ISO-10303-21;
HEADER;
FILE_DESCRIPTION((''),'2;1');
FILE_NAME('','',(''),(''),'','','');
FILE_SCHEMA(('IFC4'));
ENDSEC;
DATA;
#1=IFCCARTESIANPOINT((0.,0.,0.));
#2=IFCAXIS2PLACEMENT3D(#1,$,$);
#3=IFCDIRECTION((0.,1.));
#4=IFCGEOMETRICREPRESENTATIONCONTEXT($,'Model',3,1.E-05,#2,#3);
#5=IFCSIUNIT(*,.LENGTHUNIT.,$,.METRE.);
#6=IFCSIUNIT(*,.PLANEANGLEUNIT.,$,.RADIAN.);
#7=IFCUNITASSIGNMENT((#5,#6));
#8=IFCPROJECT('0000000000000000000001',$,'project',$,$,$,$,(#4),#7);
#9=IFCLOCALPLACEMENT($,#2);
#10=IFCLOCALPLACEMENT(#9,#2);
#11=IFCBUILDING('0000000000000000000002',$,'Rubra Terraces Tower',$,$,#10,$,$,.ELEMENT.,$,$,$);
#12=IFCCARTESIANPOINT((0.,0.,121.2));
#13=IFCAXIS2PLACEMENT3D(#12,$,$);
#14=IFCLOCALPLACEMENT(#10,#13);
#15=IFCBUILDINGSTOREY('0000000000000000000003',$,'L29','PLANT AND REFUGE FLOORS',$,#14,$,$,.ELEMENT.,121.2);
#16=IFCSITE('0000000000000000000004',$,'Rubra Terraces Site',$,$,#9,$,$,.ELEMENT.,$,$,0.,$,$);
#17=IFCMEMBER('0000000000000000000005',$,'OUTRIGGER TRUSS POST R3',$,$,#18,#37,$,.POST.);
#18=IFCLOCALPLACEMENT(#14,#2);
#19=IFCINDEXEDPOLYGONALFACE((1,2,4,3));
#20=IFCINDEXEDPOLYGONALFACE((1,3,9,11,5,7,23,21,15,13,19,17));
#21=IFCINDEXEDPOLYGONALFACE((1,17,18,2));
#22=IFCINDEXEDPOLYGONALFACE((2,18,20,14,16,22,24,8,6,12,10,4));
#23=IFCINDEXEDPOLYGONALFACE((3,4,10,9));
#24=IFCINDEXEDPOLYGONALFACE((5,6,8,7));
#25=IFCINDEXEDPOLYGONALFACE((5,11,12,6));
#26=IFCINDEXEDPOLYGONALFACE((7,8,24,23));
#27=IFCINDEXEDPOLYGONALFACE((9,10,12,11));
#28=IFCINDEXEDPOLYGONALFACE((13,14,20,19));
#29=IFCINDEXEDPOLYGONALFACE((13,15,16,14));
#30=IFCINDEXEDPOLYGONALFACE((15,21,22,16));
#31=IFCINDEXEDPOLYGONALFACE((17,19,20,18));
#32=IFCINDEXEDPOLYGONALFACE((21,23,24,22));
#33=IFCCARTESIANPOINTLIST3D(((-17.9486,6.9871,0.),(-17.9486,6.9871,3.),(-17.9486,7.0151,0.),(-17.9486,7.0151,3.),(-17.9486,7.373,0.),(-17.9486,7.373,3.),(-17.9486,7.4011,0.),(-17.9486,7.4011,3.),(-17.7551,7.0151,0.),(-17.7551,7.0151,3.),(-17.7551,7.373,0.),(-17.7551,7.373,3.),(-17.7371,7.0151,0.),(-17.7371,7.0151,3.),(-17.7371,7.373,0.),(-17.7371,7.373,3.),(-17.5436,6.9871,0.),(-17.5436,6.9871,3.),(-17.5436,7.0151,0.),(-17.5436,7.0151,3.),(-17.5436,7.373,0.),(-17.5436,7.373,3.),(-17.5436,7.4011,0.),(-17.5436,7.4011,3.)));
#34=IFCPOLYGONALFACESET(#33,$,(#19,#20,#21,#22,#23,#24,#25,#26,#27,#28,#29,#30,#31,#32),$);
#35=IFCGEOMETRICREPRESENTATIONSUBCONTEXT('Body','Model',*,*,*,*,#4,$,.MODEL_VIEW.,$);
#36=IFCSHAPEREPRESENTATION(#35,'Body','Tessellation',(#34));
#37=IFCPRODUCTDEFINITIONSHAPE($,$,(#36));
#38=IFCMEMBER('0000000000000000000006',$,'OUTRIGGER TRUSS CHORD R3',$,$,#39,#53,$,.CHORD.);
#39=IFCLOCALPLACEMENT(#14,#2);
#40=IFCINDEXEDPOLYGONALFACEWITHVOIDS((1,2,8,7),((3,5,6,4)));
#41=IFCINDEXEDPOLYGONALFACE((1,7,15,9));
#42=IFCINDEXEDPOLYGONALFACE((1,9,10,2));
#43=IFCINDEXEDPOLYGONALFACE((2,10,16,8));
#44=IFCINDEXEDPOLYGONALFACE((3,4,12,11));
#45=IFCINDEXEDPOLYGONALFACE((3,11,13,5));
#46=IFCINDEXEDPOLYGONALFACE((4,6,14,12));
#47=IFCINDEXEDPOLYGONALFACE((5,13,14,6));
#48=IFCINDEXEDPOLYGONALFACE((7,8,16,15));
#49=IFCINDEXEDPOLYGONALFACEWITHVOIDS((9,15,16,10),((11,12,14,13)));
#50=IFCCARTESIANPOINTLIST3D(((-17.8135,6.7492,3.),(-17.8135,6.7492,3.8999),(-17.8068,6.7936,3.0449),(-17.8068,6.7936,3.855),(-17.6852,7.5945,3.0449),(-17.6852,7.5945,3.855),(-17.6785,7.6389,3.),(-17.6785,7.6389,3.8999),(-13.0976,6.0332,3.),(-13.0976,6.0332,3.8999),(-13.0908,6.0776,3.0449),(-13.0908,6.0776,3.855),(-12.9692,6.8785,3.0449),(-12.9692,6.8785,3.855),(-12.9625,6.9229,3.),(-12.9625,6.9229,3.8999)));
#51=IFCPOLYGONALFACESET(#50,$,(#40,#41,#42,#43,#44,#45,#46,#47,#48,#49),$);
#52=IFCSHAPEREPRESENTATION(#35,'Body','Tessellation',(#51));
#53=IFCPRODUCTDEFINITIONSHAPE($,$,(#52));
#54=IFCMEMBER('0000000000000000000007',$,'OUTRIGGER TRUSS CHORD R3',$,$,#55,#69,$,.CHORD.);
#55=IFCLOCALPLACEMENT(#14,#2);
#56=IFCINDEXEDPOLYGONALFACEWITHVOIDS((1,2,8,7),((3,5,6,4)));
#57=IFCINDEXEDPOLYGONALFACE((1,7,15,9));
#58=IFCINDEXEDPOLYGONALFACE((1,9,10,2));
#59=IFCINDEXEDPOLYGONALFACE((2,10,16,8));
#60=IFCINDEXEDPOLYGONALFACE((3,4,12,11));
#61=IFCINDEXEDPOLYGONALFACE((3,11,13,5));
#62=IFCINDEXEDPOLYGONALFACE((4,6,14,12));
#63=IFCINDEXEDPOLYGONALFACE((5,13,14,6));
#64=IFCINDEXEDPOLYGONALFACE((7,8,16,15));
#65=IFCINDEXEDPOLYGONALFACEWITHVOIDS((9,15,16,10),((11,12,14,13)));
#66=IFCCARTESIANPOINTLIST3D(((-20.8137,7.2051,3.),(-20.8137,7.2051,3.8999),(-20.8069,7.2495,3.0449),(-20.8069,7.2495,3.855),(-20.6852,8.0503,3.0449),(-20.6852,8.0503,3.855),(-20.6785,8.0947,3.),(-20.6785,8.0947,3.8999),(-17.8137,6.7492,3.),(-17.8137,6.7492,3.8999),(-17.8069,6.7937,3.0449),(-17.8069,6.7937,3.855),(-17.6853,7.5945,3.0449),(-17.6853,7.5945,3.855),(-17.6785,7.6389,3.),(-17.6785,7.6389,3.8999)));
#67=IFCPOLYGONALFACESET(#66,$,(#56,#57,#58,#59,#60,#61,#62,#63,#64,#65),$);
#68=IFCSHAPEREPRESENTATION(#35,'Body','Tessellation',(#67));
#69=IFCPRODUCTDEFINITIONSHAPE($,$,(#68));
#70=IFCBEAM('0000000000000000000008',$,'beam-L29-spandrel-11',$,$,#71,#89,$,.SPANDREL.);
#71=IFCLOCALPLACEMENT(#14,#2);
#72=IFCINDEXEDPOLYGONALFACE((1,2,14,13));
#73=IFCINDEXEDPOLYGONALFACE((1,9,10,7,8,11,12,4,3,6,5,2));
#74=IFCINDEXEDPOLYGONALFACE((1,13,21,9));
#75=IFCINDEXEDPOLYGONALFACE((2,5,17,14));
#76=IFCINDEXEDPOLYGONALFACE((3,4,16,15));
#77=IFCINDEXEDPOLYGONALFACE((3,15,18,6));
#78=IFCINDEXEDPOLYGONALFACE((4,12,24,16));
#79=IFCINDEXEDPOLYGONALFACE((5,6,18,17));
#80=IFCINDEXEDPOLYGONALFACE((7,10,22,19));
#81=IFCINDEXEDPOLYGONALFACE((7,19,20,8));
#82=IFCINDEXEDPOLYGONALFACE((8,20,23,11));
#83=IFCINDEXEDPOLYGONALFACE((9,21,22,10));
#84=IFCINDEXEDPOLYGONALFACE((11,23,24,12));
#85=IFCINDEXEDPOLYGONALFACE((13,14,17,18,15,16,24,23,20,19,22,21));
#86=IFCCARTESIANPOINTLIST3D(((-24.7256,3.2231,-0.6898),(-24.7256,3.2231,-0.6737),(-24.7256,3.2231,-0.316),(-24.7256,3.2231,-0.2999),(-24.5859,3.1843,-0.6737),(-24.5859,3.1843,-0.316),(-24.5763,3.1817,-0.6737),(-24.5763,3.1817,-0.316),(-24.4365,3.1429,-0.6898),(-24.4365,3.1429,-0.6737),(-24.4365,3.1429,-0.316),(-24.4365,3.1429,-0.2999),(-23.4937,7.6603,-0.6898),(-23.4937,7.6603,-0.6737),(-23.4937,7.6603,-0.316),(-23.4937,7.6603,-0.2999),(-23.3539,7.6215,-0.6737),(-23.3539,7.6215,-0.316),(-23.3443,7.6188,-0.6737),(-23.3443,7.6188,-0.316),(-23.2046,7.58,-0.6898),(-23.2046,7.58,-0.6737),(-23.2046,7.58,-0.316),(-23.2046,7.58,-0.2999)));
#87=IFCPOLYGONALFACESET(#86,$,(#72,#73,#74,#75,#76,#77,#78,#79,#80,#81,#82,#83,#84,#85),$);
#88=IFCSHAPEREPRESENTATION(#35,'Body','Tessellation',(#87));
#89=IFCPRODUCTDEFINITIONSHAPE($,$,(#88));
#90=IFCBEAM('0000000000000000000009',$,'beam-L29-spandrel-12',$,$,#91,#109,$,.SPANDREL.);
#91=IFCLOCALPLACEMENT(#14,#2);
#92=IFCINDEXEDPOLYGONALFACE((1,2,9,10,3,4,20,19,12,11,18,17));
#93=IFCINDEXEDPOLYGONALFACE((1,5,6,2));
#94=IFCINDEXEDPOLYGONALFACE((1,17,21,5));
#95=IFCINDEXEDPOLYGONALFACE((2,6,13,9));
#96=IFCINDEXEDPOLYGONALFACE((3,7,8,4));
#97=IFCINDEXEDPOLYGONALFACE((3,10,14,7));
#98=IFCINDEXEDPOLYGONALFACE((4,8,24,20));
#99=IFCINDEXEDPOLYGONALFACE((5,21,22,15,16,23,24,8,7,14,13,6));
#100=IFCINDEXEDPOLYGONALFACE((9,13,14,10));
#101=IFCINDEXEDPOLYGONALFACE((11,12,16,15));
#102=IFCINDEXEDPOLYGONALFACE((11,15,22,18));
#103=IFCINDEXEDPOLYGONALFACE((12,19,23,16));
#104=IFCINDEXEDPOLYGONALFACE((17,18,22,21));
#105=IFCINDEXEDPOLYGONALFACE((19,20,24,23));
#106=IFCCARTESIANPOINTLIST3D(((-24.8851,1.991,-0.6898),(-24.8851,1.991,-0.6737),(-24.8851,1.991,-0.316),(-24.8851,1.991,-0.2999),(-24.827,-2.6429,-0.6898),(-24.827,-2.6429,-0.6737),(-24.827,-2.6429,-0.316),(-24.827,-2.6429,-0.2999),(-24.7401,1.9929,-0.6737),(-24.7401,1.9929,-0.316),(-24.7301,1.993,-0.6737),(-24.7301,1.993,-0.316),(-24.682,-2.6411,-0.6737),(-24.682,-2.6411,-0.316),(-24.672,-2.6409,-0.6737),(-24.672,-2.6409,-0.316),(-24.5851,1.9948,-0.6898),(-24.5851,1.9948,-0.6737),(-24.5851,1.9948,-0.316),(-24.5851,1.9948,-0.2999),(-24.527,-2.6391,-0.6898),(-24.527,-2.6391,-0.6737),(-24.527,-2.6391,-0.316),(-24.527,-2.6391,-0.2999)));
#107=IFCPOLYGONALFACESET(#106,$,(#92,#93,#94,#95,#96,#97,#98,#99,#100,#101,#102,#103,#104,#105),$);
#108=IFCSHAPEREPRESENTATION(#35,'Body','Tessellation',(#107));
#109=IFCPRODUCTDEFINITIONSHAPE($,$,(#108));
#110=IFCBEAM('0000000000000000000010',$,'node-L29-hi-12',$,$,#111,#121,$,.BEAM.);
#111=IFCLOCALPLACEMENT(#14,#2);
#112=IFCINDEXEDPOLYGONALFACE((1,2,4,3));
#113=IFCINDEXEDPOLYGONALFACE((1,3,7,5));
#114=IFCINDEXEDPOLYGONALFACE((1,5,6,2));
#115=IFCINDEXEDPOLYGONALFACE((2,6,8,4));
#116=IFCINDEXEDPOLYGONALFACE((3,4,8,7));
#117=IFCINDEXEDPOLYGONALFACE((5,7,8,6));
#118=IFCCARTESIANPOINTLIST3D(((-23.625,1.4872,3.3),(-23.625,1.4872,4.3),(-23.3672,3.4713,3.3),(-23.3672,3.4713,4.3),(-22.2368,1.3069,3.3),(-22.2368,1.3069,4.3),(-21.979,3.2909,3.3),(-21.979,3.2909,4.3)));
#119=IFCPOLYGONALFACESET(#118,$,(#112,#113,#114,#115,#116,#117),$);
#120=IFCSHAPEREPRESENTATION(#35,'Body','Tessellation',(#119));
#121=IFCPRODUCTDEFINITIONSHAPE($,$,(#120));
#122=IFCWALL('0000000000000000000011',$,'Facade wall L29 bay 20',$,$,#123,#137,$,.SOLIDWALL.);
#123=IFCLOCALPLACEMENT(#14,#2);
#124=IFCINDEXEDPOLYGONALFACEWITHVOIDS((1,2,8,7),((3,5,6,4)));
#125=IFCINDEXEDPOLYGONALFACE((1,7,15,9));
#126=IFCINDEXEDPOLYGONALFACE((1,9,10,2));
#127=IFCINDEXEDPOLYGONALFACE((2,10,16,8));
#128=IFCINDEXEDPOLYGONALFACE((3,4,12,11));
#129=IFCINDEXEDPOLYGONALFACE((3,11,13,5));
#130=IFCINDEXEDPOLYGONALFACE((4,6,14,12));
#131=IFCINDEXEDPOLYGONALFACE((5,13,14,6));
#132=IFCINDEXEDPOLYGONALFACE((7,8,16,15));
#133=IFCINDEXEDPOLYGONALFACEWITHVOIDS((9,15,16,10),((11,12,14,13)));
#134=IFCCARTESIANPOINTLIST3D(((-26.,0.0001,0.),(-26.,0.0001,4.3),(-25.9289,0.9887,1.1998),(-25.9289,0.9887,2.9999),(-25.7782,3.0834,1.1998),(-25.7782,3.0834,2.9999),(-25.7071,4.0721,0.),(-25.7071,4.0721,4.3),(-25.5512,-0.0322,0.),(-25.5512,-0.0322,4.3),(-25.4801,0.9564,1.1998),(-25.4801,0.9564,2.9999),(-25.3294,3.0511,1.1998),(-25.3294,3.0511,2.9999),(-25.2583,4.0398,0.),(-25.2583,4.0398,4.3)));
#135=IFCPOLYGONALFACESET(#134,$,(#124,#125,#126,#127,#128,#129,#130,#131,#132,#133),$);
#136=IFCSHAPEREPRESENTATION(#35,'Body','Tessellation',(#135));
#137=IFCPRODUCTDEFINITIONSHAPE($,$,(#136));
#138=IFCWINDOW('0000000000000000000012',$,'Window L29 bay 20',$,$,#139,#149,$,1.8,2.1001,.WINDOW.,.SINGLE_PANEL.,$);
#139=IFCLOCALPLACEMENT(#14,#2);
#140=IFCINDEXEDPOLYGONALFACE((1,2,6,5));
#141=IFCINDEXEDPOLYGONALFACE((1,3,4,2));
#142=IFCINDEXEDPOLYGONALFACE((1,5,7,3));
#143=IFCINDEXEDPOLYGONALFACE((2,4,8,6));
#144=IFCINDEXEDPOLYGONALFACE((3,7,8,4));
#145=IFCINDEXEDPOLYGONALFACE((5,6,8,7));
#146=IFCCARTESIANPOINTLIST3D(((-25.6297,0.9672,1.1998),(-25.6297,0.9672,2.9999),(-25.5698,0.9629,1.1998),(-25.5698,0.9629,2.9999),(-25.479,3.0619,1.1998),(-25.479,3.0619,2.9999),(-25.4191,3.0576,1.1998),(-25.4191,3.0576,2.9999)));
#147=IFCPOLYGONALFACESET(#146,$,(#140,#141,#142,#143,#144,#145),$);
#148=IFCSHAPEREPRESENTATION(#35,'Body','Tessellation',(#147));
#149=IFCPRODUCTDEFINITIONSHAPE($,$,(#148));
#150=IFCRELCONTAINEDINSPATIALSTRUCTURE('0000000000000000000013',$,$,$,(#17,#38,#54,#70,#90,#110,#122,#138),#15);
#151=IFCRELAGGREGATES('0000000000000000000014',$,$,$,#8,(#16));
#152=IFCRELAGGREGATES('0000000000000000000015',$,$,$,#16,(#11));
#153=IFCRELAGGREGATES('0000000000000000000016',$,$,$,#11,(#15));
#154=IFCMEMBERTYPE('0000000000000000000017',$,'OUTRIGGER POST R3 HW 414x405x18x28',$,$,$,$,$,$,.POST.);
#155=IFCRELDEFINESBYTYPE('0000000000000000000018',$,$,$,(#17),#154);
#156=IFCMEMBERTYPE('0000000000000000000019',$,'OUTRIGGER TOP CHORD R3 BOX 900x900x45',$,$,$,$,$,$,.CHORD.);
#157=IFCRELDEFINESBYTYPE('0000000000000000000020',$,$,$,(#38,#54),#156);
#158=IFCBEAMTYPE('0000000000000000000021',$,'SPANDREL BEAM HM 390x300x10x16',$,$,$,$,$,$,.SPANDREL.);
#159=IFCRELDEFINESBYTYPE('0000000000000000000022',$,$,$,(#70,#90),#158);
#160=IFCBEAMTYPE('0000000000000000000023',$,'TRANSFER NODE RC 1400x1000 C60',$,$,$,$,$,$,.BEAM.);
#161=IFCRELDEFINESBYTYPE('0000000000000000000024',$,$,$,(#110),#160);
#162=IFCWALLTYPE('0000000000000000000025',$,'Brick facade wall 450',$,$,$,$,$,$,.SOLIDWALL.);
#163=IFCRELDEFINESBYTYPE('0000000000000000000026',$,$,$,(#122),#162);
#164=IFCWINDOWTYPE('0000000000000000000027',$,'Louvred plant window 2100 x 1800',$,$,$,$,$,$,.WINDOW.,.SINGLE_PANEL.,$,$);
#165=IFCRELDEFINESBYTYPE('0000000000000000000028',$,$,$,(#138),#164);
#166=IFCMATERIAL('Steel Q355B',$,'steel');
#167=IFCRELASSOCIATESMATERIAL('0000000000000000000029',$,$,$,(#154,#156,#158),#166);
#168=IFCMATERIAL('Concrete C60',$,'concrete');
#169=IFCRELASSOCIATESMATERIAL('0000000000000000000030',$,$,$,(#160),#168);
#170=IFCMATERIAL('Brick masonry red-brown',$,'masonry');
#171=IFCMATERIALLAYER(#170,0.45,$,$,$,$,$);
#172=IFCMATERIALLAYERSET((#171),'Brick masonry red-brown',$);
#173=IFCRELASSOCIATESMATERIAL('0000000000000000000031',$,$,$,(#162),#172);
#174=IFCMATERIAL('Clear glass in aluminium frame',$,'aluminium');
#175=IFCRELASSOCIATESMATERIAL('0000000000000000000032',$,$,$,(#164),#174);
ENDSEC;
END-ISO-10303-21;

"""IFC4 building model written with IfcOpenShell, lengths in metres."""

from ifc_helpers import new_model, si_unit, direction, frame, frame_2d, origin, origin_2d, place, context, subcontext, project, spatial, rectangle, hollow_rectangle, i_section, extrude, material, layer, layer_set, material_profile, profile_set, type_object, element, fill, save


model = new_model("IFC4")

# Units and contexts
model_context = context("Model", 3, precision=1e-05, world=origin(), true_north=direction((0.0, 1.0)))
body_context = subcontext(model_context, "Body", "Model", "MODEL_VIEW")
ifc_project = project(units=[si_unit("LENGTHUNIT", "METRE"), si_unit("PLANEANGLEUNIT", "RADIAN")], contexts=[model_context])

# Site, building, storey
site_placement = place(None, origin())
site = spatial("IfcSite", under=ifc_project, at=site_placement, Name="Rubra Terraces Site", CompositionType="ELEMENT", RefElevation=0.0)
building_placement = place(site_placement, origin())
building = spatial("IfcBuilding", under=site, at=building_placement, Name="Rubra Terraces Tower", CompositionType="ELEMENT")
storey_placement = place(building_placement, frame((0.0, 0.0, 121.2)))
storey = spatial("IfcBuildingStorey", under=building, at=storey_placement, Name="L29", Description="PLANT AND REFUGE FLOORS", CompositionType="ELEMENT", Elevation=121.2)

# Shared definitions
ifc_material_1 = material(Name="Concrete C60", Category="concrete")

# Shared definitions
ifc_material_2 = material(Name="Steel Q355B", Category="steel")

# Members
ifc_material_profile_1 = material_profile(ifc_material_2, i_section(OverallWidth=0.405, OverallDepth=0.4141, WebThickness=0.0181, FlangeThickness=0.0281, at=origin_2d()), Name="HW 414x405x18x28")
ifc_profile_set_1 = profile_set([ifc_material_profile_1], Name="Steel Q355B")
member_type_1 = type_object("IfcMemberType", Name="OUTRIGGER POST R3 HW 414x405x18x28", PredefinedType="POST", material=ifc_profile_set_1)
member_1_placement = place(storey_placement, frame((-17.7461, 7.1941, 0.0), z_axis=(0.0, 0.0, 1.0), x_axis=(1.0, 0.0, 0.0)))
element("IfcMember", 1, at=member_1_placement, inside=storey, type_object=member_type_1, Name="OUTRIGGER TRUSS POST R3", PredefinedType="POST", context=body_context, shape_type="SweptSolid", body=[
    extrude(i_section(OverallWidth=0.405, OverallDepth=0.4141, WebThickness=0.0181, FlangeThickness=0.0281, at=origin_2d()), origin(), (0.0, 0.0, 1.0), 3.0),
])
ifc_material_profile_2 = material_profile(ifc_material_2, hollow_rectangle(XDim=0.8999, YDim=0.8999, WallThickness=0.0449, at=origin_2d()), Name="BOX 900x900x45")
ifc_profile_set_2 = profile_set([ifc_material_profile_2], Name="Steel Q355B")
member_type_2 = type_object("IfcMemberType", Name="OUTRIGGER TOP CHORD R3 BOX 900x900x45", PredefinedType="CHORD", material=ifc_profile_set_2)
member_2_placement = place(storey_placement, frame((-13.03, 6.478, 3.45), z_axis=(-0.988669, 0.150115, 0.0), x_axis=(-0.150115, -0.988669, 0.0)))
element("IfcMember", 2, at=member_2_placement, inside=storey, type_object=member_type_2, Name="OUTRIGGER TRUSS CHORD R3", PredefinedType="CHORD", context=body_context, shape_type="SweptSolid", body=[
    extrude(hollow_rectangle(XDim=0.8999, YDim=0.8999, WallThickness=0.0449, at=origin_2d()), origin(), (0.0, 0.0, 1.0), 4.77),
])
member_3_placement = place(storey_placement, frame((-17.7461, 7.1941, 3.45), z_axis=(-0.988654, 0.150213, 0.0), x_axis=(-0.150213, -0.988654, 0.0)))
element("IfcMember", 3, at=member_3_placement, inside=storey, type_object=member_type_2, Name="OUTRIGGER TRUSS CHORD R3", PredefinedType="CHORD", context=body_context, shape_type="SweptSolid", body=[
    extrude(hollow_rectangle(XDim=0.8999, YDim=0.8999, WallThickness=0.0449, at=origin_2d()), origin(), (0.0, 0.0, 1.0), 3.0344),
])

# Beams
ifc_material_profile_3 = material_profile(ifc_material_2, i_section(OverallWidth=0.3, OverallDepth=0.3899, WebThickness=0.01, FlangeThickness=0.0161, at=origin_2d()), Name="HM 390x300x10x16")
ifc_profile_set_3 = profile_set([ifc_material_profile_3], Name="Steel Q355B")
beam_type_1 = type_object("IfcBeamType", Name="SPANDREL BEAM HM 390x300x10x16", PredefinedType="SPANDREL", material=ifc_profile_set_3)
beam_1_placement = place(storey_placement, frame((-23.3491, 7.6201, -0.4949), z_axis=(-0.267529, -0.96355, 0.0), x_axis=(0.96355, -0.267529, 0.0)))
element("IfcBeam", 4, at=beam_1_placement, inside=storey, type_object=beam_type_1, Name="beam-L29-spandrel-11", PredefinedType="SPANDREL", context=body_context, shape_type="SweptSolid", body=[
    extrude(i_section(OverallWidth=0.3, OverallDepth=0.3899, WebThickness=0.01, FlangeThickness=0.0161, at=origin_2d()), origin(), (0.0, 0.0, 1.0), 4.605),
])
beam_2_placement = place(storey_placement, frame((-24.7351, 1.9929, -0.4949), z_axis=(0.012538, -0.999921, 0.0), x_axis=(0.999921, 0.012538, 0.0)))
element("IfcBeam", 5, at=beam_2_placement, inside=storey, type_object=beam_type_1, Name="beam-L29-spandrel-12", PredefinedType="SPANDREL", context=body_context, shape_type="SweptSolid", body=[
    extrude(i_section(OverallWidth=0.3, OverallDepth=0.3899, WebThickness=0.01, FlangeThickness=0.0161, at=origin_2d()), origin(), (0.0, 0.0, 1.0), 4.6343),
])
ifc_material_profile_4 = material_profile(ifc_material_1, rectangle(XDim=1.3999, YDim=1.0, at=origin_2d()), Name="RC 1400x1000")
ifc_profile_set_4 = profile_set([ifc_material_profile_4], Name="Concrete C60")
beam_type_2 = type_object("IfcBeamType", Name="TRANSFER NODE RC 1400x1000 C60", PredefinedType="BEAM", material=ifc_profile_set_4)
beam_3_placement = place(storey_placement, frame((-22.6731, 3.3811, 3.8), z_axis=(-0.128854, -0.991664, 0.0), x_axis=(0.991664, -0.128854, 0.0)))
element("IfcBeam", 6, at=beam_3_placement, inside=storey, type_object=beam_type_2, Name="node-L29-hi-12", PredefinedType="BEAM", context=body_context, shape_type="SweptSolid", body=[
    extrude(rectangle(XDim=1.3999, YDim=1.0, at=origin_2d()), origin(), (0.0, 0.0, 1.0), 2.0007),
])

# Wall, opening, window
ifc_material_3 = material(Name="Brick masonry red-brown", Category="masonry")
ifc_layer_1 = layer(ifc_material_3, 0.45)
ifc_layer_set_1 = layer_set([ifc_layer_1], Name="Brick masonry red-brown")
wall_type_1 = type_object("IfcWallType", Name="Brick facade wall 450", PredefinedType="SOLIDWALL", material=ifc_layer_set_1)
wall_1_placement = place(storey_placement, frame((-25.4827, 4.0559, 0.0), z_axis=(0.0, 0.0, 1.0), x_axis=(-0.071761, -0.997422, 0.0)))
wall_1 = element("IfcWall", 7, at=wall_1_placement, inside=storey, type_object=wall_type_1, Name="Facade wall L29 bay 20", PredefinedType="SOLIDWALL", context=body_context, shape_type="SweptSolid", body=[
    extrude(rectangle(XDim=4.0825, YDim=0.45, at=frame_2d((2.0413, 0.0))), origin(), (0.0, 0.0, 1.0), 4.3),
])
opening_1_placement = place(wall_1_placement, frame((0.9912, 0.0, 1.2)))
opening_1 = element("IfcOpeningElement", 8, at=opening_1_placement, cuts=wall_1, PredefinedType="OPENING", context=body_context, shape_type="SweptSolid", body=[
    extrude(rectangle(XDim=2.1001, YDim=1.8, at=frame_2d((1.05, 0.8999))), frame((0.0, 0.2349, 0.0), z_axis=(0.0, -1.0, 0.0), x_axis=(1.0, 0.0, 0.0)), (0.0, 0.0, 1.0), 0.47),
])
ifc_material_4 = material(Name="Clear glass in aluminium frame", Category="aluminium")
window_type = type_object("IfcWindowType", Name="Louvred plant window 2100 x 1800", PartitioningType="SINGLE_PANEL", PredefinedType="WINDOW", material=ifc_material_4)
window_1_placement = place(opening_1_placement, origin())
window_1 = element("IfcWindow", 9, at=window_1_placement, inside=storey, type_object=window_type, Name="Window L29 bay 20", OverallHeight=1.8, OverallWidth=2.1001, PartitioningType="SINGLE_PANEL", PredefinedType="WINDOW", context=body_context, shape_type="SweptSolid", body=[
    extrude(rectangle(XDim=2.1001, YDim=1.8, at=frame_2d((1.05, 0.8999))), frame((0.0, 0.135, 0.0), z_axis=(0.0, -1.0, 0.0), x_axis=(1.0, 0.0, 0.0)), (0.0, 0.0, 1.0), 0.0601),
])
fill(opening_1, window_1)

save(model, "model.ifc")
